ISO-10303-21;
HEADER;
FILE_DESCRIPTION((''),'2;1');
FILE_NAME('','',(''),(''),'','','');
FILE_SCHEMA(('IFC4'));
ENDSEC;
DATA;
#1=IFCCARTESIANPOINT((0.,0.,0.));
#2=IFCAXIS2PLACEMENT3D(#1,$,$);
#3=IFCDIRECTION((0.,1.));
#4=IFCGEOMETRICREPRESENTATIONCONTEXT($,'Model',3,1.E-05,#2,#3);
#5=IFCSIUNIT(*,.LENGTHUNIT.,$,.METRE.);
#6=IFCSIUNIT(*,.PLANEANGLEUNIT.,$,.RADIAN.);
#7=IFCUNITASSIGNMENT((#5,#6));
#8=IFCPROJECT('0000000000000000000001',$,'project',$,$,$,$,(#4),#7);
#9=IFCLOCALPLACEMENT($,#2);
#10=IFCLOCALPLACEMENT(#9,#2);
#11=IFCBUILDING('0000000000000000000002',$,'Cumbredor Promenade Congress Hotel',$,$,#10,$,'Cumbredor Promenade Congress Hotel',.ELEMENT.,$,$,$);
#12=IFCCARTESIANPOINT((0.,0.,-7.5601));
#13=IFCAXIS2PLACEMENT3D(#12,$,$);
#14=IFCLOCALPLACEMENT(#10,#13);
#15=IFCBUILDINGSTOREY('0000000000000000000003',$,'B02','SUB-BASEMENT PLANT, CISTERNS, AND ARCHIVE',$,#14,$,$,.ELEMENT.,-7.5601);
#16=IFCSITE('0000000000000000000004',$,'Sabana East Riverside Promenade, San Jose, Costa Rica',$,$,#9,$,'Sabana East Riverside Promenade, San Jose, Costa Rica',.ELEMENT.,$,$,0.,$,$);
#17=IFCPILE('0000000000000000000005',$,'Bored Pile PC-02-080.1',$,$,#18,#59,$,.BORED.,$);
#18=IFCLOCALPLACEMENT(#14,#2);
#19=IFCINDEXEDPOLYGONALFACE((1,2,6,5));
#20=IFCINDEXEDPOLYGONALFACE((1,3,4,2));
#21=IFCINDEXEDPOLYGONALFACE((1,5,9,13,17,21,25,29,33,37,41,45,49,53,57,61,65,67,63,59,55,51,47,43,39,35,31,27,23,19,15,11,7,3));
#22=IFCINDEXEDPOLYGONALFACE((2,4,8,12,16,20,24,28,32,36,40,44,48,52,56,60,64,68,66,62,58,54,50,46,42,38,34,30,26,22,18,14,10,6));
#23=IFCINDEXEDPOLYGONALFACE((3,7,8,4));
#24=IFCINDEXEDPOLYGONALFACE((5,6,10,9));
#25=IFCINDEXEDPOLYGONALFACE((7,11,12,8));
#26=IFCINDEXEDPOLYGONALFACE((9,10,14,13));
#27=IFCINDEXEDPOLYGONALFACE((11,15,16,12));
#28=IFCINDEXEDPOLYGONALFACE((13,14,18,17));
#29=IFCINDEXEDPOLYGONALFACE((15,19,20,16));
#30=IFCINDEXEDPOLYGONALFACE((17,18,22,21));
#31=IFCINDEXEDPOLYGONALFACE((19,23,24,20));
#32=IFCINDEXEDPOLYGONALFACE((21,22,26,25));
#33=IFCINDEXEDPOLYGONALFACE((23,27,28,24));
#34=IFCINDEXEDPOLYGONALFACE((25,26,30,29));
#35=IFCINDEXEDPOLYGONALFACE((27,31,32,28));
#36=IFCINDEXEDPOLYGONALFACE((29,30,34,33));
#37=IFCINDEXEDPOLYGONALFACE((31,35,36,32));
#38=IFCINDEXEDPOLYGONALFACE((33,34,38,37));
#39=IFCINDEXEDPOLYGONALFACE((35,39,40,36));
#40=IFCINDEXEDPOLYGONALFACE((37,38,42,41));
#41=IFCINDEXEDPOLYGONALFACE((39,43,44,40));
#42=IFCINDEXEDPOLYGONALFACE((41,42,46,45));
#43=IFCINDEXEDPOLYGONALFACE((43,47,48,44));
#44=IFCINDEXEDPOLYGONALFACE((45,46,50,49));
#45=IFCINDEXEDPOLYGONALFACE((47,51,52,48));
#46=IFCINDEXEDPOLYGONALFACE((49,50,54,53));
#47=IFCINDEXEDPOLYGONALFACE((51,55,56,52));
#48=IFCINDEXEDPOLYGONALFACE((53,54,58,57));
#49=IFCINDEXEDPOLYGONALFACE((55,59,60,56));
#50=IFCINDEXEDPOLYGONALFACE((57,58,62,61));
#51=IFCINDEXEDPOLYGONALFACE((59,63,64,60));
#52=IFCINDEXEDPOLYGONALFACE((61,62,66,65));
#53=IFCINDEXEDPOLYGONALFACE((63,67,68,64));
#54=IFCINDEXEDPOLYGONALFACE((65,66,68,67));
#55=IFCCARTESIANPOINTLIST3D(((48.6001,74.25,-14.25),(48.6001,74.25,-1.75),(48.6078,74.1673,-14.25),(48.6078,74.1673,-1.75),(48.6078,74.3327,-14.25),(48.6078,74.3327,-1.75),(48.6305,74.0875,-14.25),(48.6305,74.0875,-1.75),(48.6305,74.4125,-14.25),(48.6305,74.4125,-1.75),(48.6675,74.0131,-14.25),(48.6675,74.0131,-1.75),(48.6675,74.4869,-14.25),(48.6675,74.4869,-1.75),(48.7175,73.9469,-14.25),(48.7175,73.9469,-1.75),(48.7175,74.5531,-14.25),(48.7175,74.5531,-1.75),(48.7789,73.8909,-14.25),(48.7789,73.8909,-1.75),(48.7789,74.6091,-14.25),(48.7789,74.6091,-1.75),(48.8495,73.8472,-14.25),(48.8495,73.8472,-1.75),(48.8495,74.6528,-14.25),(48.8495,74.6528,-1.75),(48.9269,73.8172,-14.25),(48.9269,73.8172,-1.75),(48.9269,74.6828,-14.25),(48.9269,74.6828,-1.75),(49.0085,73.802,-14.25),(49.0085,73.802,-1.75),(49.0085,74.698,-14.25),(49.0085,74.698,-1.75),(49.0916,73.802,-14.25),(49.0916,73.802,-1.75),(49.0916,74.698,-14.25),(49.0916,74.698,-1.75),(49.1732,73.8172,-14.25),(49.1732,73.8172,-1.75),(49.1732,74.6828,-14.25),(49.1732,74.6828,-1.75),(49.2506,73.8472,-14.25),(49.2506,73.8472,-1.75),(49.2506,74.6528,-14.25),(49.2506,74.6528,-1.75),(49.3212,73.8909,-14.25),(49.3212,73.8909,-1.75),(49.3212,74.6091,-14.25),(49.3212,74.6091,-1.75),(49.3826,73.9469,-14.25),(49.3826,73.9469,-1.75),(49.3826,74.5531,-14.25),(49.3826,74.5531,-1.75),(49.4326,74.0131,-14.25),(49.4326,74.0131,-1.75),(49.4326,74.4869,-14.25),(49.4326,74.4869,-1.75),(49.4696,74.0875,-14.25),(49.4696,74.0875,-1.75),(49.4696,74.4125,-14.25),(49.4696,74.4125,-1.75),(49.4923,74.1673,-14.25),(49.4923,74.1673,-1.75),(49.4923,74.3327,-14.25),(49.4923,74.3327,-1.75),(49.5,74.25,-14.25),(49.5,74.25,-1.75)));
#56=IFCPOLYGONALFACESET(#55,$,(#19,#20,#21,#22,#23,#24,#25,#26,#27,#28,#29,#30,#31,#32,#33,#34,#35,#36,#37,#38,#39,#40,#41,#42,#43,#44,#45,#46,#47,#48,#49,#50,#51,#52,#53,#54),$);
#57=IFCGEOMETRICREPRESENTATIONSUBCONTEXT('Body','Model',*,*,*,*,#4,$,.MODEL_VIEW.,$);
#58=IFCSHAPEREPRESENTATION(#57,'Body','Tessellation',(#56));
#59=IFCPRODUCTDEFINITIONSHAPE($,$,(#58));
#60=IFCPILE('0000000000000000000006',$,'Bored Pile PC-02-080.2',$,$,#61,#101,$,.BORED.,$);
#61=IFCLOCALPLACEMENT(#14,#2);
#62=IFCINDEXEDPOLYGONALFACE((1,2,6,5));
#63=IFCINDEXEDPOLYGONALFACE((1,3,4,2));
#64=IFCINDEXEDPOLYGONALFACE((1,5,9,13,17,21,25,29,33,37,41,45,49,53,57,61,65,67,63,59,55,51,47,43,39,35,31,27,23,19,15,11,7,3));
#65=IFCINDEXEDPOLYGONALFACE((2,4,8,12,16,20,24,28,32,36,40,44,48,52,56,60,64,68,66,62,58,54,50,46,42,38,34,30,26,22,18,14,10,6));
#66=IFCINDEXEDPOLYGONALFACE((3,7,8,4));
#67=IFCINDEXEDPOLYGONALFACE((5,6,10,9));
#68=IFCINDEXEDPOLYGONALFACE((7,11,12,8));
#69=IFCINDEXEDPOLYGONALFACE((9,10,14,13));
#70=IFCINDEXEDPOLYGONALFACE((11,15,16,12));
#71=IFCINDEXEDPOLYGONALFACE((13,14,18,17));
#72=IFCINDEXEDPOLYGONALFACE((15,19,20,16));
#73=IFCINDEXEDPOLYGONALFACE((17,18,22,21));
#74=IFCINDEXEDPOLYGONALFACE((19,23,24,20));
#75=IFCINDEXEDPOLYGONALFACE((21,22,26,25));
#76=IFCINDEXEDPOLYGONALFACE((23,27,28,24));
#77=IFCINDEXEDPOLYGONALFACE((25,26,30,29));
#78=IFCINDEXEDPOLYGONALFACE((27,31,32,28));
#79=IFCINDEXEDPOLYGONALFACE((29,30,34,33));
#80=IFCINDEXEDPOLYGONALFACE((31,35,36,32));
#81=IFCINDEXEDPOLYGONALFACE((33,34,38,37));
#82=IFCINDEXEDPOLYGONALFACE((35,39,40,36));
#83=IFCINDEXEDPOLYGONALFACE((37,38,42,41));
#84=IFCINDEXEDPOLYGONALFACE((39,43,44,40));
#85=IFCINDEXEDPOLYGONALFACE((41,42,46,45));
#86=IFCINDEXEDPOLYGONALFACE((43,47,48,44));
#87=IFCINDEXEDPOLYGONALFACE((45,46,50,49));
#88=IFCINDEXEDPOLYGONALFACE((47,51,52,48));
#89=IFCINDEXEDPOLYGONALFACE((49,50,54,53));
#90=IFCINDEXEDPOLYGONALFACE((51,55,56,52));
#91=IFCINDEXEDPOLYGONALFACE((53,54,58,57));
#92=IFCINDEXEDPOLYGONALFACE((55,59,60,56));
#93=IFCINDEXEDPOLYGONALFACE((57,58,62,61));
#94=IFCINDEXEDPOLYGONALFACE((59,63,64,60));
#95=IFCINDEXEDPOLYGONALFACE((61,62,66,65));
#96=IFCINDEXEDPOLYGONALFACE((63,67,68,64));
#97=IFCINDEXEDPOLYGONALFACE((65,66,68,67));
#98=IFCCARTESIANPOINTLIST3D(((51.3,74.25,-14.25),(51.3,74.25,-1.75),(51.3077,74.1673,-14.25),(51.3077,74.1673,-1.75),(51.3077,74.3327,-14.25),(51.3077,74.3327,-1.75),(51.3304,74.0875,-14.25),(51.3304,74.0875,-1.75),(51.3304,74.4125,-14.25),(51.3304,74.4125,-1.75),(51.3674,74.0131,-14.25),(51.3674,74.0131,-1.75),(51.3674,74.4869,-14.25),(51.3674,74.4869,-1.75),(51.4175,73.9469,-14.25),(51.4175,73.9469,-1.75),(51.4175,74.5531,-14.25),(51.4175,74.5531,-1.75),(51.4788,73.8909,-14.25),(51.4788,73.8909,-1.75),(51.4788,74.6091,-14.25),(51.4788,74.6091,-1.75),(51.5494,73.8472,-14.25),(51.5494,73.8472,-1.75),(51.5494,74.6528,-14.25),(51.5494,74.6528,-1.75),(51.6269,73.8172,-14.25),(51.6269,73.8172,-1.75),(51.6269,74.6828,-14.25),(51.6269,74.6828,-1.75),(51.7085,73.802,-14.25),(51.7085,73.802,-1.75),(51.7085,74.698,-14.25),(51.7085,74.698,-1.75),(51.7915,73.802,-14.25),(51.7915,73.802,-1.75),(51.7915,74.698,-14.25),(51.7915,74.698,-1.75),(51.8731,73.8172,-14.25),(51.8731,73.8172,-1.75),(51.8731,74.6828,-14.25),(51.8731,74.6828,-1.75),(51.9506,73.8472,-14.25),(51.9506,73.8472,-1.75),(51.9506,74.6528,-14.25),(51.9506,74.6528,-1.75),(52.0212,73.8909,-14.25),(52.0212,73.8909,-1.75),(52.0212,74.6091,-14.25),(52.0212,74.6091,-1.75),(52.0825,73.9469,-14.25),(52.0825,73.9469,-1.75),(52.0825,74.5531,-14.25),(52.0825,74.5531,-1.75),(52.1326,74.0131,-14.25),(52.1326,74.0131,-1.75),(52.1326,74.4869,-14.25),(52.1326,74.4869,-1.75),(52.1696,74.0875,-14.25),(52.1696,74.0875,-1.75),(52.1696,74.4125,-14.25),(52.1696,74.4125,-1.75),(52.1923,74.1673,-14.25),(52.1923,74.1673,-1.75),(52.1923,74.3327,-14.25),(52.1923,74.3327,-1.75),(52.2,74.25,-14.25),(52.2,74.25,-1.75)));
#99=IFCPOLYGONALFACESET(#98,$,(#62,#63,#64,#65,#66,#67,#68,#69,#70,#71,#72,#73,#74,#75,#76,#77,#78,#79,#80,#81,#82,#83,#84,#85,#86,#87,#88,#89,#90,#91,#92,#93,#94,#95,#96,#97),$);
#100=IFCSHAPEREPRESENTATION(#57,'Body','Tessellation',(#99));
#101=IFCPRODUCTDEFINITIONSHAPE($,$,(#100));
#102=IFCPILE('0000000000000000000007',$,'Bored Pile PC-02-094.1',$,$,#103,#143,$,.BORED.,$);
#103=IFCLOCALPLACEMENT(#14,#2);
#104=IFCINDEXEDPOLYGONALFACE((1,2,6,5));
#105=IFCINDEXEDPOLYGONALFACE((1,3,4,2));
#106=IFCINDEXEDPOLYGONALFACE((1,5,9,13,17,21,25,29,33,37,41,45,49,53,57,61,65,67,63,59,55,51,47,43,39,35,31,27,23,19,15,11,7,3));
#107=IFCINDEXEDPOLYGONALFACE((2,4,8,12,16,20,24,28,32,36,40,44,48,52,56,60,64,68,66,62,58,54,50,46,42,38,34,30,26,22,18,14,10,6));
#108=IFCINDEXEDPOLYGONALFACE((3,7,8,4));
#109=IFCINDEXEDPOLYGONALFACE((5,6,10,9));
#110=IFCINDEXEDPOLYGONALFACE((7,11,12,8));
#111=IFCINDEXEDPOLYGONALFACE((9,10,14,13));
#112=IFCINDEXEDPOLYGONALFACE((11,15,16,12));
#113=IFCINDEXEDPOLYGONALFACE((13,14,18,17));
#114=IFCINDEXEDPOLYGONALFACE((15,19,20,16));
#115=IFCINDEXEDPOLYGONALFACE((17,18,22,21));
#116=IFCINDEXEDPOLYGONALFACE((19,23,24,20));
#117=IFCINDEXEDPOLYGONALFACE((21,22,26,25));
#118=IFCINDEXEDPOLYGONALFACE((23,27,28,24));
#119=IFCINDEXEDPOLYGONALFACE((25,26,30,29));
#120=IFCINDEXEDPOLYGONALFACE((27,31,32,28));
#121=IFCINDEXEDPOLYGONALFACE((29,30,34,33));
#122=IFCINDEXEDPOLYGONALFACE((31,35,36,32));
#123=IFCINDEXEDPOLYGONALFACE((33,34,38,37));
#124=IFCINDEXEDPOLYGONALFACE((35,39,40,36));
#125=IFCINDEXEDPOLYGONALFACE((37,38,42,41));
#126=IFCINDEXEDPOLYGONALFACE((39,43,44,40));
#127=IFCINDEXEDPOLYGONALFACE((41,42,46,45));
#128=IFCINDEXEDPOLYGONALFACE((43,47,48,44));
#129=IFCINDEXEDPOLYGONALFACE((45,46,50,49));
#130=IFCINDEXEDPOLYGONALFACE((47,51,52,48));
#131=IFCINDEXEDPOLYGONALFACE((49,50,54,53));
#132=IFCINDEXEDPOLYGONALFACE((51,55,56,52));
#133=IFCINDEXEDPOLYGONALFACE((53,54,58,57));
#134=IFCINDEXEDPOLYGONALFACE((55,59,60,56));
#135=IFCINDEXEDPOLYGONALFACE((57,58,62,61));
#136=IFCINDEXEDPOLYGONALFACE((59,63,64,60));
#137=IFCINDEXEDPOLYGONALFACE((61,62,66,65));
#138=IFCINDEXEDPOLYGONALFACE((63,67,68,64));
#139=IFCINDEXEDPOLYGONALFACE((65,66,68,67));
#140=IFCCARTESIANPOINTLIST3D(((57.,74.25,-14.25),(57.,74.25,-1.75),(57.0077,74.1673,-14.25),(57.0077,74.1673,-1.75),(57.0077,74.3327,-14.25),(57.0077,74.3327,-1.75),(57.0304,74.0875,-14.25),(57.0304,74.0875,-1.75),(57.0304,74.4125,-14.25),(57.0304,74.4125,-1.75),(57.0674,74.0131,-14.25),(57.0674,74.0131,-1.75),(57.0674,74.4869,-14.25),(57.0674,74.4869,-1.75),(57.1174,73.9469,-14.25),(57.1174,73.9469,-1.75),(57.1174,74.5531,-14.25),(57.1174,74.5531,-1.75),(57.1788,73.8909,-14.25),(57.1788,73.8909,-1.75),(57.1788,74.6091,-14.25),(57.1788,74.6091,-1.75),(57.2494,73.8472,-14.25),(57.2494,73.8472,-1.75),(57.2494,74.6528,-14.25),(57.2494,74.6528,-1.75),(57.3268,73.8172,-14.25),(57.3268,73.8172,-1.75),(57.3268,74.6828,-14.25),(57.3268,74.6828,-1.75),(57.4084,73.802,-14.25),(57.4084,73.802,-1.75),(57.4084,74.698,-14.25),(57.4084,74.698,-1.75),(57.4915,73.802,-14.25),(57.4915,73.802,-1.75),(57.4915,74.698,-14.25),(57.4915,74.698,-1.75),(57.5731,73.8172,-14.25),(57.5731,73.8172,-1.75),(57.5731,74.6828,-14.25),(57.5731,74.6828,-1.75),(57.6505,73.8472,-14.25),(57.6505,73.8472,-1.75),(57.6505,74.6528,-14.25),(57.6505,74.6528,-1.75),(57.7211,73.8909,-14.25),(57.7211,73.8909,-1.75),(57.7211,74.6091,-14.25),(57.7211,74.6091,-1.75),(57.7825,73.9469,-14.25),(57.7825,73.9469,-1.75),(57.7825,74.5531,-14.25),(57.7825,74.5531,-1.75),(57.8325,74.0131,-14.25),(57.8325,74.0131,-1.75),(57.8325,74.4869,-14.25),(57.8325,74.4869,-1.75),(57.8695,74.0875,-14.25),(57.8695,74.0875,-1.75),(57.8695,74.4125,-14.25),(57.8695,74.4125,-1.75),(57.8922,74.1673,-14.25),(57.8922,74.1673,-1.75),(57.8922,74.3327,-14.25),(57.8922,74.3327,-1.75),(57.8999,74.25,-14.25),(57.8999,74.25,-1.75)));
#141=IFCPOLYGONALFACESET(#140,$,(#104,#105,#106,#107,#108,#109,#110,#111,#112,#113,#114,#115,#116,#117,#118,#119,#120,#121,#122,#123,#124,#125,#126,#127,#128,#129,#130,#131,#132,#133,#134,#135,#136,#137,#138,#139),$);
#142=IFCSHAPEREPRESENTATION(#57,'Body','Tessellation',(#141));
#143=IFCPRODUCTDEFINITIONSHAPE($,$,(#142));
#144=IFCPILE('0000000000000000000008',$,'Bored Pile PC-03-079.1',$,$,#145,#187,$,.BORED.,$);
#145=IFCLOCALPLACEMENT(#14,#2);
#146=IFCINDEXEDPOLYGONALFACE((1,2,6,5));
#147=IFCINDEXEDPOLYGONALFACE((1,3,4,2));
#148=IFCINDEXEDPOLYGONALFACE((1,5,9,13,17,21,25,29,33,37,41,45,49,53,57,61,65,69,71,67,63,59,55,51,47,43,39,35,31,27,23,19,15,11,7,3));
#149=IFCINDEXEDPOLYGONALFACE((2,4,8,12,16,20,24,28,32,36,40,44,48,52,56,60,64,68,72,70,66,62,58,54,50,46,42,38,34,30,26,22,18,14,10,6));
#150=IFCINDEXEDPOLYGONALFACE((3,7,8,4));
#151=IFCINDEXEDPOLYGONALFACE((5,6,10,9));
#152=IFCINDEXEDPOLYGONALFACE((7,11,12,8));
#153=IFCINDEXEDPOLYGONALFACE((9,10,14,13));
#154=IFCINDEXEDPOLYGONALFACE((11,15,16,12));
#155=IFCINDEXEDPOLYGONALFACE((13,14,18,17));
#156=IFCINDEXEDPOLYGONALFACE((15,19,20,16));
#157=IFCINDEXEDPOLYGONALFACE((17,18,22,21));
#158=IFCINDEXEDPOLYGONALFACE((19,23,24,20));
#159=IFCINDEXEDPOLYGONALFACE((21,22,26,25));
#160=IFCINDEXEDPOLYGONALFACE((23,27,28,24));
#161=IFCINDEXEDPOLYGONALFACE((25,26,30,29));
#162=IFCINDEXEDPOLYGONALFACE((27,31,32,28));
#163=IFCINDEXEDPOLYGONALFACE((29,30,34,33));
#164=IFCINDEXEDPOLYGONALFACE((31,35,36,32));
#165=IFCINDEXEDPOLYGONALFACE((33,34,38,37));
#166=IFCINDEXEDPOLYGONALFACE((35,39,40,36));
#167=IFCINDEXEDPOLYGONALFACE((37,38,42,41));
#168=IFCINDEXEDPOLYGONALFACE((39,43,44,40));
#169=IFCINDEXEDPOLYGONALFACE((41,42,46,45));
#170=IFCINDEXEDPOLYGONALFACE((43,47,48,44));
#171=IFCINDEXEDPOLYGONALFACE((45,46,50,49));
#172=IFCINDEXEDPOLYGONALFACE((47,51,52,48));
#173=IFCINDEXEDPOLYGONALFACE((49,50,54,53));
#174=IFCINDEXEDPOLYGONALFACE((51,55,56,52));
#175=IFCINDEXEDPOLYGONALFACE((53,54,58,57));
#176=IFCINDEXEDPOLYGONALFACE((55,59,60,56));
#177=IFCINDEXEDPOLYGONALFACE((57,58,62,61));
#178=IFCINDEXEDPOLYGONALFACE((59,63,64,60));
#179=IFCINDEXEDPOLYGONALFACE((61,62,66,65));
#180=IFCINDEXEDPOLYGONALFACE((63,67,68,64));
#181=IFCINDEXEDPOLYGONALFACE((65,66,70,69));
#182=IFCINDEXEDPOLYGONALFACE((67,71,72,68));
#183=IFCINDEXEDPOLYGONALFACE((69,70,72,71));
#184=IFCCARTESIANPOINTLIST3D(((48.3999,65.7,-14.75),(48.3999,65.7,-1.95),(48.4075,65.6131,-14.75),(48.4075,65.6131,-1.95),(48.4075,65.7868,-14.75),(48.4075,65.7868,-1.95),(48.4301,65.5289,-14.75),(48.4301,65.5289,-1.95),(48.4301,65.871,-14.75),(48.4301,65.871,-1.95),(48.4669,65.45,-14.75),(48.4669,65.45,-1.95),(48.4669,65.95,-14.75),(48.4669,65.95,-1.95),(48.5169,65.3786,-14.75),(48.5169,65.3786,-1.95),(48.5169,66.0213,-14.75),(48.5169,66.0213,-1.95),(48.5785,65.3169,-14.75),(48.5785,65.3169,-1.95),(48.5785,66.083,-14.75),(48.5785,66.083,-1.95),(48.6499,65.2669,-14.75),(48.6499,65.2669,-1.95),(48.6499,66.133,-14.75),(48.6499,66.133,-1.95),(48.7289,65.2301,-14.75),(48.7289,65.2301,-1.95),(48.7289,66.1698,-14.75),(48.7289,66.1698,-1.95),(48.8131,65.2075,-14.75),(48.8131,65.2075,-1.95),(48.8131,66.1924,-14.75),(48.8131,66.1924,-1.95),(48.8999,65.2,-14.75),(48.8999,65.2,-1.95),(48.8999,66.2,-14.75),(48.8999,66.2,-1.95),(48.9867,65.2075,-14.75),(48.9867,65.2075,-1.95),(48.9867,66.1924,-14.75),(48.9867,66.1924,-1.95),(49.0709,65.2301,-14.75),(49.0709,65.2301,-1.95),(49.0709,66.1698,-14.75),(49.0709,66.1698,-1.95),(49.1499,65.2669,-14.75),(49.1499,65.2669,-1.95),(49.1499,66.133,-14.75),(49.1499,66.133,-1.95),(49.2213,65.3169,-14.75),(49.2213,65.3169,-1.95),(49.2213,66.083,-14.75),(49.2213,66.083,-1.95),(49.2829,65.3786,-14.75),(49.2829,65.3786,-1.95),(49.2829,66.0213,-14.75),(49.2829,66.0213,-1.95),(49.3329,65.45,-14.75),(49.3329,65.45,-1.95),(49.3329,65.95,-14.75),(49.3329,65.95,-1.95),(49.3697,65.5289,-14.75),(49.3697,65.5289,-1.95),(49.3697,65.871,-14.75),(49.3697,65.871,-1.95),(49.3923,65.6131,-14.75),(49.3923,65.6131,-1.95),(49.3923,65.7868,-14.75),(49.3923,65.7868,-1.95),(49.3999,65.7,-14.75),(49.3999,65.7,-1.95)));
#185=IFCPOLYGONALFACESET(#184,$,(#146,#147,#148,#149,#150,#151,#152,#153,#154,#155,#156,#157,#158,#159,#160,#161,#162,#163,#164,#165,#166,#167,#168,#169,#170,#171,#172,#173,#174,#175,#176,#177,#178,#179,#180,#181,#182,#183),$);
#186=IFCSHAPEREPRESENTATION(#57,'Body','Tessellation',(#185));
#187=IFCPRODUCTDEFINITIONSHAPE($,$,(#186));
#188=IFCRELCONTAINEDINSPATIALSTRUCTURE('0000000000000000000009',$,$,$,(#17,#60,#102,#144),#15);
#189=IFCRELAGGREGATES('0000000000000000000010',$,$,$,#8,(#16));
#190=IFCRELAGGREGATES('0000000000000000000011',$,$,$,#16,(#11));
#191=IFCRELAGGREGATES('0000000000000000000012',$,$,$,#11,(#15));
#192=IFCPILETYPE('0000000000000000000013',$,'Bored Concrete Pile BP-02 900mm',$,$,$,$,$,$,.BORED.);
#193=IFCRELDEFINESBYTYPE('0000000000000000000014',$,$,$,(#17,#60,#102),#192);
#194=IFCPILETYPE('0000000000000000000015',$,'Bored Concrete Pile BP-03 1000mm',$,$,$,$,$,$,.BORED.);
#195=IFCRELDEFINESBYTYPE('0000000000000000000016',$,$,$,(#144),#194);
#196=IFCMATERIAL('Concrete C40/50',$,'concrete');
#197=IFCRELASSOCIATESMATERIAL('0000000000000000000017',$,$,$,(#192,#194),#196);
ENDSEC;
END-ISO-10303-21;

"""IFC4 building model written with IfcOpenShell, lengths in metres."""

from ifc_helpers import new_model, si_unit, direction, frame, origin, origin_2d, place, context, subcontext, project, spatial, circle, extrude, material, material_profile, profile_set, type_object, element, save


model = new_model("IFC4")

# Units and contexts
model_context = context("Model", 3, precision=1e-05, world=origin(), true_north=direction((0.0, 1.0)))
body_context = subcontext(model_context, "Body", "Model", "MODEL_VIEW")
ifc_project = project(units=[si_unit("LENGTHUNIT", "METRE"), si_unit("PLANEANGLEUNIT", "RADIAN")], contexts=[model_context])

# Site, building, storey
site_placement = place(None, origin())
site = spatial("IfcSite", under=ifc_project, at=site_placement, Name="Sabana East Riverside Promenade, San Jose, Costa Rica", LongName="Sabana East Riverside Promenade, San Jose, Costa Rica", CompositionType="ELEMENT", RefElevation=0.0)
building_placement = place(site_placement, origin())
building = spatial("IfcBuilding", under=site, at=building_placement, Name="Cumbredor Promenade Congress Hotel", LongName="Cumbredor Promenade Congress Hotel", CompositionType="ELEMENT")
storey_placement = place(building_placement, frame((0.0, 0.0, -7.5601)))
storey = spatial("IfcBuildingStorey", under=building, at=storey_placement, Name="B02", Description="SUB-BASEMENT PLANT, CISTERNS, AND ARCHIVE", CompositionType="ELEMENT", Elevation=-7.5601)

# Piles
ifc_material_1 = material(Name="Concrete C40/50", Category="concrete")
ifc_material_profile_1 = material_profile(ifc_material_1, circle(Radius=0.45, at=origin_2d()), Name="PILE D900")
ifc_profile_set_1 = profile_set([ifc_material_profile_1], Name="Concrete C40/50")
pile_type_1 = type_object("IfcPileType", Name="Bored Concrete Pile BP-02 900mm", PredefinedType="BORED", material=ifc_profile_set_1)
for number, where, z_axis, x_axis, name in (
    (1, (49.05, 74.25, -1.75), (0.0, 0.0, -1.0), (1.0, 0.0, 0.0), "Bored Pile PC-02-080.1"),
    (2, (51.75, 74.25, -1.75), (0.0, 0.0, -1.0), (1.0, 0.0, 0.0), "Bored Pile PC-02-080.2"),
    (3, (57.45, 74.25, -1.75), (0.0, 0.0, -1.0), (1.0, 0.0, 0.0), "Bored Pile PC-02-094.1"),
):
    element("IfcPile", number, at=place(storey_placement, frame(where, z_axis=z_axis, x_axis=x_axis)), inside=storey, type_object=pile_type_1, Name=name, PredefinedType="BORED", context=body_context, shape_type="SweptSolid", body=[
        extrude(circle(Radius=0.45, at=origin_2d()), origin(), (0.0, 0.0, 1.0), 12.5),
    ])
ifc_material_profile_2 = material_profile(ifc_material_1, circle(Radius=0.5, at=origin_2d()), Name="PILE D1000")
ifc_profile_set_2 = profile_set([ifc_material_profile_2], Name="Concrete C40/50")
pile_type_2 = type_object("IfcPileType", Name="Bored Concrete Pile BP-03 1000mm", PredefinedType="BORED", material=ifc_profile_set_2)
for number, where, z_axis, x_axis, name in (
    (4, (48.8999, 65.7, -1.95), (0.0, 0.0, -1.0), (1.0, 0.0, 0.0), "Bored Pile PC-03-079.1"),
):
    element("IfcPile", number, at=place(storey_placement, frame(where, z_axis=z_axis, x_axis=x_axis)), inside=storey, type_object=pile_type_2, Name=name, PredefinedType="BORED", context=body_context, shape_type="SweptSolid", body=[
        extrude(circle(Radius=0.5, at=origin_2d()), origin(), (0.0, 0.0, 1.0), 12.8),
    ])

save(model, "model.ifc")
